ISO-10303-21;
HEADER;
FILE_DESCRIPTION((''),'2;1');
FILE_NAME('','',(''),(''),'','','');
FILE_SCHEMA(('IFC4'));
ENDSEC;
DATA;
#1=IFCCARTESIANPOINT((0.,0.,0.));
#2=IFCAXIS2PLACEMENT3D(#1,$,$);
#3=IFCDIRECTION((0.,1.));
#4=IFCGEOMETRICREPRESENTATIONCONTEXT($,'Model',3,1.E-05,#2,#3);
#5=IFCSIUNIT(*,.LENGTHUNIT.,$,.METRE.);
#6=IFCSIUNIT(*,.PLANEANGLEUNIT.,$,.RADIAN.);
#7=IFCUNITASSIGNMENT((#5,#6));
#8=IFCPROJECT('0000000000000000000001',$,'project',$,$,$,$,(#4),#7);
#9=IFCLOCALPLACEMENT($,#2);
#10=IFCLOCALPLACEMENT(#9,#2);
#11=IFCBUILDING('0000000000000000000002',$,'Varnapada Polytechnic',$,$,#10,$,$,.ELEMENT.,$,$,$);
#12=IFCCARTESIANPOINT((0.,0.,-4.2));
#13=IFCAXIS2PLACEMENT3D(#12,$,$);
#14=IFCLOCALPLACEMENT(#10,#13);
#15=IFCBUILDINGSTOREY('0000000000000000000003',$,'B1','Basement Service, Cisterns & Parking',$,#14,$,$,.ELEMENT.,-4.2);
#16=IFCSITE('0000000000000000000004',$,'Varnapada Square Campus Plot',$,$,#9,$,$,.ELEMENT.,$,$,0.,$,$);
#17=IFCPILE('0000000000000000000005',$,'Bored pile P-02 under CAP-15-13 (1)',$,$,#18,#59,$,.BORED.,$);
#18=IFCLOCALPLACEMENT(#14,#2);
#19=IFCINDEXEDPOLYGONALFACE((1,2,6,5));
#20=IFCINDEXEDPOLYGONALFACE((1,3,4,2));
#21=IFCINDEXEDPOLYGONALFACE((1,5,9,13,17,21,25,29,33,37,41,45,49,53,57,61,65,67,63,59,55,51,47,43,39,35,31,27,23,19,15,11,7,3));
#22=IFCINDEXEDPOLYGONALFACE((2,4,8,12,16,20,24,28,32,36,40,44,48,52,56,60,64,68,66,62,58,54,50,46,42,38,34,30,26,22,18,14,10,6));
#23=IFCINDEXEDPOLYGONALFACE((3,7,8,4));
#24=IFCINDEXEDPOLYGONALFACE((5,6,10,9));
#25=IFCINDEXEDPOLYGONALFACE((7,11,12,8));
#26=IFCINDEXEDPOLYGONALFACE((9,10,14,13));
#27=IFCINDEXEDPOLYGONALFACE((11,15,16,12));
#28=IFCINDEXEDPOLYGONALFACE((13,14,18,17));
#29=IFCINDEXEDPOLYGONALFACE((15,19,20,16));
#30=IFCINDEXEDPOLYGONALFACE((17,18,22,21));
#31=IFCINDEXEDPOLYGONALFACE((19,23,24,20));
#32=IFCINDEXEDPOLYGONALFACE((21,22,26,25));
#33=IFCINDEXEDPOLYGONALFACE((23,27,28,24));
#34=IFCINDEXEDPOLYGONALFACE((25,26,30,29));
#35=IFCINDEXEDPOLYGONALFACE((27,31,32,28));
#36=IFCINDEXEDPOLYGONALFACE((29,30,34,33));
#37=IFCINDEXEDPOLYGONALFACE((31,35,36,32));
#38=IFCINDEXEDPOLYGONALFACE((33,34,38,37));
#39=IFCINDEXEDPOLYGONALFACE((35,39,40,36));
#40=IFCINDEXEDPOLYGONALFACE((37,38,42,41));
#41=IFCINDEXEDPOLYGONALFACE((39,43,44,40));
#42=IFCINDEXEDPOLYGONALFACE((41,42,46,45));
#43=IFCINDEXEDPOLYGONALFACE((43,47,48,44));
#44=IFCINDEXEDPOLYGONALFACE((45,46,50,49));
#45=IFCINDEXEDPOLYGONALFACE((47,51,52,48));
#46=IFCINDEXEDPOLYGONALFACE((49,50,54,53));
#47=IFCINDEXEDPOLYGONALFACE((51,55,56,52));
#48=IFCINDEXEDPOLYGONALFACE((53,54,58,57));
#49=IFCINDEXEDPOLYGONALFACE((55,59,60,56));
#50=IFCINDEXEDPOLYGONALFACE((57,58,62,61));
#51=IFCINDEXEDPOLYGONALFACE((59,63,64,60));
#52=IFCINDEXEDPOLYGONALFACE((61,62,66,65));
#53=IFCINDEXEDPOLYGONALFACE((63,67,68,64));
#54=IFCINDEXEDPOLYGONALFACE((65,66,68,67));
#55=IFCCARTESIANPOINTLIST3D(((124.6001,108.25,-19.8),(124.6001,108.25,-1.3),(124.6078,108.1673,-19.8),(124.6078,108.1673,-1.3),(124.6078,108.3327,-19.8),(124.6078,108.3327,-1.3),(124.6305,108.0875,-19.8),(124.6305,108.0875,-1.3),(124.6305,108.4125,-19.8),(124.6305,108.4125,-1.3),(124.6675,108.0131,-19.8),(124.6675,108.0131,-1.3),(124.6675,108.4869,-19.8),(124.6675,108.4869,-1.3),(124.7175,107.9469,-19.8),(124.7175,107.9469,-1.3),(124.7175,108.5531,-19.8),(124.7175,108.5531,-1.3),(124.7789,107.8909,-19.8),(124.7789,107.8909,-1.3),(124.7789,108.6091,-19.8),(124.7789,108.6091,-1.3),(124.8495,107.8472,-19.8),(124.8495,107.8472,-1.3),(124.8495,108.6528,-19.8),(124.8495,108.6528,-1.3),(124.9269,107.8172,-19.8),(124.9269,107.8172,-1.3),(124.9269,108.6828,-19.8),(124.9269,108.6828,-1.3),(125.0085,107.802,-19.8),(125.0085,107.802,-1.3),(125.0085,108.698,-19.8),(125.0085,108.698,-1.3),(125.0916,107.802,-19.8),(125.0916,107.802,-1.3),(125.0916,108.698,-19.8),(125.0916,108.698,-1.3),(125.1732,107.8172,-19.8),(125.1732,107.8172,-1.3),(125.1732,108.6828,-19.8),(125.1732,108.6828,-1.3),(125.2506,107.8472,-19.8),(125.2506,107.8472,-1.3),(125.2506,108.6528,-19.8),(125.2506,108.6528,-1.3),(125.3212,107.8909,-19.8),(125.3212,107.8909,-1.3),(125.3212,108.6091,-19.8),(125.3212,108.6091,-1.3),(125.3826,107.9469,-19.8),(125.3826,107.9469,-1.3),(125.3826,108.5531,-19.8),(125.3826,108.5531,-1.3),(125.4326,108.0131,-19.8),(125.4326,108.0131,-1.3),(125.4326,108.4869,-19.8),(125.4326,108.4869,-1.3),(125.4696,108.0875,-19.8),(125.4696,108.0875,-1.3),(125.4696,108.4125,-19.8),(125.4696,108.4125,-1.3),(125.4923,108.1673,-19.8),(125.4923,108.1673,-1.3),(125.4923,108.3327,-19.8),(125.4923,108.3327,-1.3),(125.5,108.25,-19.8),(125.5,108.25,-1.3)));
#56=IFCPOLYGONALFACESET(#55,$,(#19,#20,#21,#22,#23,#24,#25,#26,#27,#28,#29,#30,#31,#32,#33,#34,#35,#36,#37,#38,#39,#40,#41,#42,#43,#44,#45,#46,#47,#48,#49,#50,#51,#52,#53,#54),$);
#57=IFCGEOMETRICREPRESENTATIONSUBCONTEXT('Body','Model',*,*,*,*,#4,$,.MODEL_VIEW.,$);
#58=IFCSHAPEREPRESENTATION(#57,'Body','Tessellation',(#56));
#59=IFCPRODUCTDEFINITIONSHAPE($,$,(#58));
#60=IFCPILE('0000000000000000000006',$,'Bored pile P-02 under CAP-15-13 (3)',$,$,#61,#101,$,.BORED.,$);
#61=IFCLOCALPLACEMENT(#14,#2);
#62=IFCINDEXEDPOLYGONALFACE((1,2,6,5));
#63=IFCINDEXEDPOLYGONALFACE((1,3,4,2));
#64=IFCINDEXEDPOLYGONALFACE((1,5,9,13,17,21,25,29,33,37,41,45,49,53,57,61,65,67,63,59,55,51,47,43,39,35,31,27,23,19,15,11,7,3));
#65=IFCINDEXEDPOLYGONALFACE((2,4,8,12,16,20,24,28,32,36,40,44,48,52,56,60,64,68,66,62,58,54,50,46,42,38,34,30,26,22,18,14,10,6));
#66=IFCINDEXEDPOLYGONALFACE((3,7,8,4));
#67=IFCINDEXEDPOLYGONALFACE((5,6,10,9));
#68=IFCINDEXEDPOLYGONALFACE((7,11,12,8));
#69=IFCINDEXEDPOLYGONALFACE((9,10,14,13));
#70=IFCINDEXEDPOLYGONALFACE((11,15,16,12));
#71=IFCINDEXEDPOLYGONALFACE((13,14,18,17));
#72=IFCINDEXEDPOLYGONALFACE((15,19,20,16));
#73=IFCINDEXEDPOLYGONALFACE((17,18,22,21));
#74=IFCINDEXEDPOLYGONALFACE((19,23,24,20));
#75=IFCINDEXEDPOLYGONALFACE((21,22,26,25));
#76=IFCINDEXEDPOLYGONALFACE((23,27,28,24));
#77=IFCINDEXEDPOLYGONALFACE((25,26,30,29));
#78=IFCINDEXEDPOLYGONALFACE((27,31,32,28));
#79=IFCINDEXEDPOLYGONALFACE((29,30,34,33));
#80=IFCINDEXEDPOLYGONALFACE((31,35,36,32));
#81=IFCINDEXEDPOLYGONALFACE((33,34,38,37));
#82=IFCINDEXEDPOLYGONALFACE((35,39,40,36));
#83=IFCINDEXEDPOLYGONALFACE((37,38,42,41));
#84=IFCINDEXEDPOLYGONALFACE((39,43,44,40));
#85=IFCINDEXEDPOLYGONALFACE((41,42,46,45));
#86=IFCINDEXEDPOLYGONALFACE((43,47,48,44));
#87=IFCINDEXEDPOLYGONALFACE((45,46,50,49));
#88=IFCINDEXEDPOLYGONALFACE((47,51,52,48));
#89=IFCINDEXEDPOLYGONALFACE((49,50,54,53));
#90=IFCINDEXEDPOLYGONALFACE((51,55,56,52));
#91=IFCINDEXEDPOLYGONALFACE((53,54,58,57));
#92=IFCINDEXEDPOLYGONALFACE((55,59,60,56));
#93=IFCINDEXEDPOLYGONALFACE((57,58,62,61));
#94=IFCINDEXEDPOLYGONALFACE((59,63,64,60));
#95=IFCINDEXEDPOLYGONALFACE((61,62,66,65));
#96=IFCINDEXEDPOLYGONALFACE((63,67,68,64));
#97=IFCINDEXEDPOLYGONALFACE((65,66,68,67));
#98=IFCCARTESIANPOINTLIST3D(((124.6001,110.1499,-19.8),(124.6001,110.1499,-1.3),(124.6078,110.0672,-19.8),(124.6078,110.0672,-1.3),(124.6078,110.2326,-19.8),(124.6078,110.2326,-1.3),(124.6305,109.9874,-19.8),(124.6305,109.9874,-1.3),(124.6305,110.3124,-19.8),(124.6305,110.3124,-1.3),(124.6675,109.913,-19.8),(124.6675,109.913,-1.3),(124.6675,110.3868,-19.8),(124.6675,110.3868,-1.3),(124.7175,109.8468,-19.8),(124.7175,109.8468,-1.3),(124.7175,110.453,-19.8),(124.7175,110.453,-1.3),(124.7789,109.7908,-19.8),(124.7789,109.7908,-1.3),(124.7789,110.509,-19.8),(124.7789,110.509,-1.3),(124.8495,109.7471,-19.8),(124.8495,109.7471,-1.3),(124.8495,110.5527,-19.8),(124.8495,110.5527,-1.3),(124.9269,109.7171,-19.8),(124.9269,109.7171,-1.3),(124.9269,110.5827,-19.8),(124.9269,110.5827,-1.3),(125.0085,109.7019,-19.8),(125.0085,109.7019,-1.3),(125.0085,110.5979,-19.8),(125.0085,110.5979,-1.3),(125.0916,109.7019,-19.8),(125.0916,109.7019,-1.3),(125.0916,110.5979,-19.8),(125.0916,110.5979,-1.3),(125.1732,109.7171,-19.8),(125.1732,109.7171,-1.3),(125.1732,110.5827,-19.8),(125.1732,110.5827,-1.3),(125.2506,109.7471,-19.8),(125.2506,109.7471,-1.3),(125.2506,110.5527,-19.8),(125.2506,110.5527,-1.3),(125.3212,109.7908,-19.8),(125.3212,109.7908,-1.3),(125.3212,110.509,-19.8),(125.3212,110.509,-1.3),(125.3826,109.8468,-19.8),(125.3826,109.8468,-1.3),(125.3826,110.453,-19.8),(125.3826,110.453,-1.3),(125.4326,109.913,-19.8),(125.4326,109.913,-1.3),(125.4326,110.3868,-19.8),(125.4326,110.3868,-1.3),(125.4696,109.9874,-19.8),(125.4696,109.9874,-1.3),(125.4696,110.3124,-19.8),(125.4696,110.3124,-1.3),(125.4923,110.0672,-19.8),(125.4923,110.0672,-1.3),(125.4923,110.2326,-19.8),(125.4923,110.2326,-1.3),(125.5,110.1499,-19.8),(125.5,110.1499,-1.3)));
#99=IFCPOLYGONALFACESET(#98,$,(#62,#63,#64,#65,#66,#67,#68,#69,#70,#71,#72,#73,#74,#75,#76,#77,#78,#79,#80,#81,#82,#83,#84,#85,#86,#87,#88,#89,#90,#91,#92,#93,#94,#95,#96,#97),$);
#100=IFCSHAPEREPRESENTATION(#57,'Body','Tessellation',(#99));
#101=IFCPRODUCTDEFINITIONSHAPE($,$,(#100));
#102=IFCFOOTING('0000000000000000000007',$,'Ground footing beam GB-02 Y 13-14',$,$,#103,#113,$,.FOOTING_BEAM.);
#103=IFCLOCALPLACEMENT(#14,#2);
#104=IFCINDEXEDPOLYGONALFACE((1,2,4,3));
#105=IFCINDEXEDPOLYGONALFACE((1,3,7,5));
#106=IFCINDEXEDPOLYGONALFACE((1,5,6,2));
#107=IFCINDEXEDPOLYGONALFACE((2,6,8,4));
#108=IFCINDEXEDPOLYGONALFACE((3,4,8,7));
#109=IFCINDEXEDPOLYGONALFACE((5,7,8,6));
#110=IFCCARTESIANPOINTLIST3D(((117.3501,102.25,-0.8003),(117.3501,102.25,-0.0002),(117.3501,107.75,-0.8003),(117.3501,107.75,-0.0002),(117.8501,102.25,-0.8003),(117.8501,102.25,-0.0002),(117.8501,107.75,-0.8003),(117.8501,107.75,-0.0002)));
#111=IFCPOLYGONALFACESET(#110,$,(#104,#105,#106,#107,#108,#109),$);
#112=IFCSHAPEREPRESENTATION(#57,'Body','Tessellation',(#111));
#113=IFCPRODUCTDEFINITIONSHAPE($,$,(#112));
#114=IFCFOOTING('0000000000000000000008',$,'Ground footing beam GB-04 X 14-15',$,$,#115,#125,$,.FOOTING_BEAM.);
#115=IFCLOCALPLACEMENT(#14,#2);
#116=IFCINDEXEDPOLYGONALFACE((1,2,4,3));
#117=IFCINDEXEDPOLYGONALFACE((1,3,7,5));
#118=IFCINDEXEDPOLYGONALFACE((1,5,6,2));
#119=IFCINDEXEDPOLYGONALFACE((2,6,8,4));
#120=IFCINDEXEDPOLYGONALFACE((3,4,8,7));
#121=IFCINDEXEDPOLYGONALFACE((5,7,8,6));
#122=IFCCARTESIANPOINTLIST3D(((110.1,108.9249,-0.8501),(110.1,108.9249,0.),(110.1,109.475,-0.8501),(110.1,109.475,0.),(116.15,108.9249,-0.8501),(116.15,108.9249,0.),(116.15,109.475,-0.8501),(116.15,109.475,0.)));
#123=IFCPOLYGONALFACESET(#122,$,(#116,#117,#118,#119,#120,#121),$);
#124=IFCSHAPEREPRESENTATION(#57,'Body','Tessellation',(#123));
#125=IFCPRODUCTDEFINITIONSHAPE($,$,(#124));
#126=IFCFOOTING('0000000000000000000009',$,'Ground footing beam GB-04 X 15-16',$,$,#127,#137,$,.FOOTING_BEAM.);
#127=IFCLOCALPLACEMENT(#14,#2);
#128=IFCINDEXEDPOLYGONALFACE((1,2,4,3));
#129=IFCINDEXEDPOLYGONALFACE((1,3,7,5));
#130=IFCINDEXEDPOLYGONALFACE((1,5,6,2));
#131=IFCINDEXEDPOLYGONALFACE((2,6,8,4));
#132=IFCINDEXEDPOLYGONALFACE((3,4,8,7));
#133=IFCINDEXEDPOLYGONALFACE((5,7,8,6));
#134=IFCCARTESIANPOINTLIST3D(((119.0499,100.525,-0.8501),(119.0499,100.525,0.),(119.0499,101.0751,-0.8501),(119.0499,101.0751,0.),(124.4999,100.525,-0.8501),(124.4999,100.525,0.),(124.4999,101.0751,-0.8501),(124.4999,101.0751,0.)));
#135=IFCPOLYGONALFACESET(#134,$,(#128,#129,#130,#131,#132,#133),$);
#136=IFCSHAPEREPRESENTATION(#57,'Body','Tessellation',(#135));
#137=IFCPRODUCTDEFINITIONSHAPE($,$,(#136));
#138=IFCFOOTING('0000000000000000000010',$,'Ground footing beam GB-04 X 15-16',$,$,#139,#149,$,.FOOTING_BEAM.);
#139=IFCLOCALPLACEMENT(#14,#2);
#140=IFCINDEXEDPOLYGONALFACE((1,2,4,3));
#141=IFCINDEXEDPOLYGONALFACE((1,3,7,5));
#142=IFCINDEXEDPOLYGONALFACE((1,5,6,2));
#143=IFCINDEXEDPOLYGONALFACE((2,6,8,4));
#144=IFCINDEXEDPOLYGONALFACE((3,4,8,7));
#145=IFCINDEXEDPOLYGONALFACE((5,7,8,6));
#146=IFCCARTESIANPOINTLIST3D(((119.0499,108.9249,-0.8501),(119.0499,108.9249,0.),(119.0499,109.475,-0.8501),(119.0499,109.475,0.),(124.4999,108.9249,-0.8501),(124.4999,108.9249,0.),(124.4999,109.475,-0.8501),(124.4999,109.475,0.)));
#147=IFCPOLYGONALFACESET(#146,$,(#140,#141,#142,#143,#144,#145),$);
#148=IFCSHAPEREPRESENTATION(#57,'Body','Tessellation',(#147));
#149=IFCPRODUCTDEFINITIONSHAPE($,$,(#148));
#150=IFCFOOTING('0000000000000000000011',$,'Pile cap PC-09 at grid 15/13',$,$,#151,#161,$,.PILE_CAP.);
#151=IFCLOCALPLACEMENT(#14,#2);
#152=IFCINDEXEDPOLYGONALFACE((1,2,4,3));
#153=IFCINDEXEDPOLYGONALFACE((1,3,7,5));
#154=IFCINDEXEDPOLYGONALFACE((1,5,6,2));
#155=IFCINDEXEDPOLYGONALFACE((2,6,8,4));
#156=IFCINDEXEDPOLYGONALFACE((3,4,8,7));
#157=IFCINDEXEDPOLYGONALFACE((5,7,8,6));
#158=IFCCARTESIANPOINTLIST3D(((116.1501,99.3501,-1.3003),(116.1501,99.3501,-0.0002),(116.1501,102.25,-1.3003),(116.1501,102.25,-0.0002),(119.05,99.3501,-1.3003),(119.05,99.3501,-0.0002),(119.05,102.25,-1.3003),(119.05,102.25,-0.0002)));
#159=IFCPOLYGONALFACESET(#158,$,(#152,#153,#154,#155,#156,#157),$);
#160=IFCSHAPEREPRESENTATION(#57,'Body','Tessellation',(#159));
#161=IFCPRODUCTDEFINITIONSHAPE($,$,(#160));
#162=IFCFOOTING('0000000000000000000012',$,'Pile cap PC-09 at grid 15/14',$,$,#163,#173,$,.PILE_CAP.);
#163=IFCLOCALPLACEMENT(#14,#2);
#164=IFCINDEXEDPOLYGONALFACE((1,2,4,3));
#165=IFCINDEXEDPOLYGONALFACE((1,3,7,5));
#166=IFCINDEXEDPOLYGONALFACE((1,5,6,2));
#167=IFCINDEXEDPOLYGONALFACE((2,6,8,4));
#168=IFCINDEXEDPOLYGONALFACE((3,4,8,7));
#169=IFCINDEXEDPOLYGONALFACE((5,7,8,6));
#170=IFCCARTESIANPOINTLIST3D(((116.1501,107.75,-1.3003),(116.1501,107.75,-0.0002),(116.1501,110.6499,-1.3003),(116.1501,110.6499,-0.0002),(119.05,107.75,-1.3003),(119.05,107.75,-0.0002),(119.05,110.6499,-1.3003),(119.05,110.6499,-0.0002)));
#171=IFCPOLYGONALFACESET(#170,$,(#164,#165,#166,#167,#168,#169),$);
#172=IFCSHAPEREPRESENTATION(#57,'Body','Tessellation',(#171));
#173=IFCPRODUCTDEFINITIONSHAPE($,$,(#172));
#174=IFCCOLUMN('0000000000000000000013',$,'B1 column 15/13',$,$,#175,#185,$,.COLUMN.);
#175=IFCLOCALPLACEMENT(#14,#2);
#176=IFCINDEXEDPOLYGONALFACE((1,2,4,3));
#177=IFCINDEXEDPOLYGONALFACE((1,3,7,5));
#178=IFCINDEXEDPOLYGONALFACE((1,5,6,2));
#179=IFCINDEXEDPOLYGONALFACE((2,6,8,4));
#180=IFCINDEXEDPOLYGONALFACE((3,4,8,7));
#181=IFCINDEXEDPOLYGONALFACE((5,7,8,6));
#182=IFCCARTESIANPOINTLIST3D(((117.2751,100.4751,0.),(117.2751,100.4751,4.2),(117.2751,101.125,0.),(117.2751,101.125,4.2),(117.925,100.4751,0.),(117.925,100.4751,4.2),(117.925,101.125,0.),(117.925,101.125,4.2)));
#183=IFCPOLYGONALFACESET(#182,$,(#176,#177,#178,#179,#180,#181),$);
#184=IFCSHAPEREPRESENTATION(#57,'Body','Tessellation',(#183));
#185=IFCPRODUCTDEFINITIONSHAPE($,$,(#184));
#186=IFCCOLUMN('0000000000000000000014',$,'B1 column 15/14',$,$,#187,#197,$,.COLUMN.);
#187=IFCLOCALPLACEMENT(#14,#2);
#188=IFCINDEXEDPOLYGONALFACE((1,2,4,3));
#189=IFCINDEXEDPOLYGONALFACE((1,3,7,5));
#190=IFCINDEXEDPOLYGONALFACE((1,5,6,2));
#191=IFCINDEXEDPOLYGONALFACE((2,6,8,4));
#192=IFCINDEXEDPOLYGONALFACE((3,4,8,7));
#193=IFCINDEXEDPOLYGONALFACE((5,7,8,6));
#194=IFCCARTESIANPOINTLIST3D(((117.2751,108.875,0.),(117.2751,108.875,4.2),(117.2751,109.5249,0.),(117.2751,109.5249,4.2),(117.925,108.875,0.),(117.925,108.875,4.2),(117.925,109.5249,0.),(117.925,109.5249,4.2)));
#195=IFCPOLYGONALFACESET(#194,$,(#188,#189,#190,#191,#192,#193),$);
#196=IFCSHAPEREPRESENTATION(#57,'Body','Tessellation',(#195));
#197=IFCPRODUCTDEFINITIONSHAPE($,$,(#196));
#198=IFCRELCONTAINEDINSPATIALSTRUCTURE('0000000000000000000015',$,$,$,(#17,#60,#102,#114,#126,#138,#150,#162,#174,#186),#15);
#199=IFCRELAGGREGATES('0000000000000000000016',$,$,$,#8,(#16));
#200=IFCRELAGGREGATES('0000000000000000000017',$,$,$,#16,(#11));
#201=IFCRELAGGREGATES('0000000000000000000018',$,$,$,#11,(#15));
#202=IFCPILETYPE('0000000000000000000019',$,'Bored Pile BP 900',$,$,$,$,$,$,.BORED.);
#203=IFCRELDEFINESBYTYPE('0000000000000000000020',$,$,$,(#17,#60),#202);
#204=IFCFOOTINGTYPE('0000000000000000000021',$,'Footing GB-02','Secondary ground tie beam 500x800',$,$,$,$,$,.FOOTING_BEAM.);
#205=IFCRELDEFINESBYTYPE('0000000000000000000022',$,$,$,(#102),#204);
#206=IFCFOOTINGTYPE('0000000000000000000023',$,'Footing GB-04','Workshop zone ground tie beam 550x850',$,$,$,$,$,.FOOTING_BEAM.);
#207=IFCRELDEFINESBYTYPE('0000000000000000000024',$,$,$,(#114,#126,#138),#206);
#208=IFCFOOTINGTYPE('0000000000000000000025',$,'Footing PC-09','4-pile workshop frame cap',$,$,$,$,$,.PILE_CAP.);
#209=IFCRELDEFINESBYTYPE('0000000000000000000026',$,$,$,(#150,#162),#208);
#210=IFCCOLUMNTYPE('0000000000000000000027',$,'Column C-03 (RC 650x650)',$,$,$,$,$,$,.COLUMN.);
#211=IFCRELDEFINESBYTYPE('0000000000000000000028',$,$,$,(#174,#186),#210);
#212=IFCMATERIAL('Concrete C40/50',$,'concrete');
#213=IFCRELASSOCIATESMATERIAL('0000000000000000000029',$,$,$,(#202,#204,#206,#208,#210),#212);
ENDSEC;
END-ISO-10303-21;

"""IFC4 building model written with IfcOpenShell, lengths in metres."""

from ifc_helpers import new_model, si_unit, direction, frame, origin, origin_2d, place, context, subcontext, project, spatial, rectangle, circle, extrude, material, material_profile, profile_set, type_object, element, save


model = new_model("IFC4")

# Units and contexts
model_context = context("Model", 3, precision=1e-05, world=origin(), true_north=direction((0.0, 1.0)))
body_context = subcontext(model_context, "Body", "Model", "MODEL_VIEW")
ifc_project = project(units=[si_unit("LENGTHUNIT", "METRE"), si_unit("PLANEANGLEUNIT", "RADIAN")], contexts=[model_context])

# Site, building, storey
site_placement = place(None, origin())
site = spatial("IfcSite", under=ifc_project, at=site_placement, Name="Varnapada Square Campus Plot", CompositionType="ELEMENT", RefElevation=0.0)
building_placement = place(site_placement, origin())
building = spatial("IfcBuilding", under=site, at=building_placement, Name="Varnapada Polytechnic", CompositionType="ELEMENT")
storey_placement = place(building_placement, frame((0.0, 0.0, -4.2)))
storey = spatial("IfcBuildingStorey", under=building, at=storey_placement, Name="B1", Description="Basement Service, Cisterns & Parking", CompositionType="ELEMENT", Elevation=-4.2)

# Piles
ifc_material_1 = material(Name="Concrete C40/50", Category="concrete")
ifc_material_profile_1 = material_profile(ifc_material_1, circle(Radius=0.45, at=origin_2d()), Name="BP 900")
ifc_profile_set_1 = profile_set([ifc_material_profile_1], Name="Concrete C40/50")
pile_type_1 = type_object("IfcPileType", Name="Bored Pile BP 900", PredefinedType="BORED", material=ifc_profile_set_1)
for number, where, z_axis, x_axis, name in (
    (1, (125.05, 108.25, -1.3), (0.0, 0.0, -1.0), (1.0, 0.0, 0.0), "Bored pile P-02 under CAP-15-13 (1)"),
    (2, (125.05, 110.1499, -1.3), (0.0, 0.0, -1.0), (1.0, 0.0, 0.0), "Bored pile P-02 under CAP-15-13 (3)"),
):
    element("IfcPile", number, at=place(storey_placement, frame(where, z_axis=z_axis, x_axis=x_axis)), inside=storey, type_object=pile_type_1, Name=name, PredefinedType="BORED", context=body_context, shape_type="SweptSolid", body=[
        extrude(circle(Radius=0.45, at=origin_2d()), origin(), (0.0, 0.0, 1.0), 18.5),
    ])

# Footings
footing_type_1 = type_object("IfcFootingType", Name="Footing GB-02", Description="Secondary ground tie beam 500x800", PredefinedType="FOOTING_BEAM", material=ifc_material_1)
footing_1_placement = place(storey_placement, frame((117.6001, 105.0, -0.8003), z_axis=(0.0, 0.0, 1.0), x_axis=(0.0, 1.0, 0.0)))
element("IfcFooting", 3, at=footing_1_placement, inside=storey, type_object=footing_type_1, Name="Ground footing beam GB-02 Y 13-14", PredefinedType="FOOTING_BEAM", context=body_context, shape_type="SweptSolid", body=[
    extrude(rectangle(XDim=5.5, YDim=0.5, at=origin_2d()), origin(), (0.0, 0.0, 1.0), 0.8),
])
footing_type_2 = type_object("IfcFootingType", Name="Footing GB-04", Description="Workshop zone ground tie beam 550x850", PredefinedType="FOOTING_BEAM", material=ifc_material_1)
footing_2_placement = place(storey_placement, frame((113.125, 109.2, -0.8501), z_axis=(0.0, 0.0, 1.0), x_axis=(1.0, 0.0, 0.0)))
element("IfcFooting", 4, at=footing_2_placement, inside=storey, type_object=footing_type_2, Name="Ground footing beam GB-04 X 14-15", PredefinedType="FOOTING_BEAM", context=body_context, shape_type="SweptSolid", body=[
    extrude(rectangle(XDim=6.05, YDim=0.55, at=origin_2d()), origin(), (0.0, 0.0, 1.0), 0.8501),
])
for number, where, z_axis, x_axis, name in (
    (5, (121.7749, 100.8, -0.8501), (0.0, 0.0, 1.0), (1.0, 0.0, 0.0), "Ground footing beam GB-04 X 15-16"),
    (6, (121.7749, 109.2, -0.8501), (0.0, 0.0, 1.0), (1.0, 0.0, 0.0), "Ground footing beam GB-04 X 15-16"),
):
    element("IfcFooting", number, at=place(storey_placement, frame(where, z_axis=z_axis, x_axis=x_axis)), inside=storey, type_object=footing_type_2, Name=name, PredefinedType="FOOTING_BEAM", context=body_context, shape_type="SweptSolid", body=[
        extrude(rectangle(XDim=5.45, YDim=0.55, at=origin_2d()), origin(), (0.0, 0.0, 1.0), 0.8501),
    ])
footing_type_3 = type_object("IfcFootingType", Name="Footing PC-09", Description="4-pile workshop frame cap", PredefinedType="PILE_CAP", material=ifc_material_1)
for number, where, z_axis, x_axis, name in (
    (7, (117.6001, 100.8, -1.3003), (0.0, 0.0, 1.0), (1.0, 0.0, 0.0), "Pile cap PC-09 at grid 15/13"),
    (8, (117.6001, 109.2, -1.3003), (0.0, 0.0, 1.0), (1.0, 0.0, 0.0), "Pile cap PC-09 at grid 15/14"),
):
    element("IfcFooting", number, at=place(storey_placement, frame(where, z_axis=z_axis, x_axis=x_axis)), inside=storey, type_object=footing_type_3, Name=name, PredefinedType="PILE_CAP", context=body_context, shape_type="SweptSolid", body=[
        extrude(rectangle(XDim=2.8999, YDim=2.8999, at=origin_2d()), origin(), (0.0, 0.0, 1.0), 1.3),
    ])

# Columns
ifc_material_profile_2 = material_profile(ifc_material_1, rectangle(XDim=0.6499, YDim=0.6499, at=origin_2d()), Name="RC 650x650")
ifc_profile_set_2 = profile_set([ifc_material_profile_2], Name="Concrete C40/50")
column_type = type_object("IfcColumnType", Name="Column C-03 (RC 650x650)", PredefinedType="COLUMN", material=ifc_profile_set_2)
for number, where, z_axis, x_axis, name in (
    (9, (117.6001, 100.8, 0.0), (0.0, 0.0, 1.0), (1.0, 0.0, 0.0), "B1 column 15/13"),
    (10, (117.6001, 109.2, 0.0), (0.0, 0.0, 1.0), (1.0, 0.0, 0.0), "B1 column 15/14"),
):
    element("IfcColumn", number, at=place(storey_placement, frame(where, z_axis=z_axis, x_axis=x_axis)), inside=storey, type_object=column_type, Name=name, PredefinedType="COLUMN", context=body_context, shape_type="SweptSolid", body=[
        extrude(rectangle(XDim=0.6499, YDim=0.6499, at=origin_2d()), origin(), (0.0, 0.0, 1.0), 4.2),
    ])

save(model, "model.ifc")
